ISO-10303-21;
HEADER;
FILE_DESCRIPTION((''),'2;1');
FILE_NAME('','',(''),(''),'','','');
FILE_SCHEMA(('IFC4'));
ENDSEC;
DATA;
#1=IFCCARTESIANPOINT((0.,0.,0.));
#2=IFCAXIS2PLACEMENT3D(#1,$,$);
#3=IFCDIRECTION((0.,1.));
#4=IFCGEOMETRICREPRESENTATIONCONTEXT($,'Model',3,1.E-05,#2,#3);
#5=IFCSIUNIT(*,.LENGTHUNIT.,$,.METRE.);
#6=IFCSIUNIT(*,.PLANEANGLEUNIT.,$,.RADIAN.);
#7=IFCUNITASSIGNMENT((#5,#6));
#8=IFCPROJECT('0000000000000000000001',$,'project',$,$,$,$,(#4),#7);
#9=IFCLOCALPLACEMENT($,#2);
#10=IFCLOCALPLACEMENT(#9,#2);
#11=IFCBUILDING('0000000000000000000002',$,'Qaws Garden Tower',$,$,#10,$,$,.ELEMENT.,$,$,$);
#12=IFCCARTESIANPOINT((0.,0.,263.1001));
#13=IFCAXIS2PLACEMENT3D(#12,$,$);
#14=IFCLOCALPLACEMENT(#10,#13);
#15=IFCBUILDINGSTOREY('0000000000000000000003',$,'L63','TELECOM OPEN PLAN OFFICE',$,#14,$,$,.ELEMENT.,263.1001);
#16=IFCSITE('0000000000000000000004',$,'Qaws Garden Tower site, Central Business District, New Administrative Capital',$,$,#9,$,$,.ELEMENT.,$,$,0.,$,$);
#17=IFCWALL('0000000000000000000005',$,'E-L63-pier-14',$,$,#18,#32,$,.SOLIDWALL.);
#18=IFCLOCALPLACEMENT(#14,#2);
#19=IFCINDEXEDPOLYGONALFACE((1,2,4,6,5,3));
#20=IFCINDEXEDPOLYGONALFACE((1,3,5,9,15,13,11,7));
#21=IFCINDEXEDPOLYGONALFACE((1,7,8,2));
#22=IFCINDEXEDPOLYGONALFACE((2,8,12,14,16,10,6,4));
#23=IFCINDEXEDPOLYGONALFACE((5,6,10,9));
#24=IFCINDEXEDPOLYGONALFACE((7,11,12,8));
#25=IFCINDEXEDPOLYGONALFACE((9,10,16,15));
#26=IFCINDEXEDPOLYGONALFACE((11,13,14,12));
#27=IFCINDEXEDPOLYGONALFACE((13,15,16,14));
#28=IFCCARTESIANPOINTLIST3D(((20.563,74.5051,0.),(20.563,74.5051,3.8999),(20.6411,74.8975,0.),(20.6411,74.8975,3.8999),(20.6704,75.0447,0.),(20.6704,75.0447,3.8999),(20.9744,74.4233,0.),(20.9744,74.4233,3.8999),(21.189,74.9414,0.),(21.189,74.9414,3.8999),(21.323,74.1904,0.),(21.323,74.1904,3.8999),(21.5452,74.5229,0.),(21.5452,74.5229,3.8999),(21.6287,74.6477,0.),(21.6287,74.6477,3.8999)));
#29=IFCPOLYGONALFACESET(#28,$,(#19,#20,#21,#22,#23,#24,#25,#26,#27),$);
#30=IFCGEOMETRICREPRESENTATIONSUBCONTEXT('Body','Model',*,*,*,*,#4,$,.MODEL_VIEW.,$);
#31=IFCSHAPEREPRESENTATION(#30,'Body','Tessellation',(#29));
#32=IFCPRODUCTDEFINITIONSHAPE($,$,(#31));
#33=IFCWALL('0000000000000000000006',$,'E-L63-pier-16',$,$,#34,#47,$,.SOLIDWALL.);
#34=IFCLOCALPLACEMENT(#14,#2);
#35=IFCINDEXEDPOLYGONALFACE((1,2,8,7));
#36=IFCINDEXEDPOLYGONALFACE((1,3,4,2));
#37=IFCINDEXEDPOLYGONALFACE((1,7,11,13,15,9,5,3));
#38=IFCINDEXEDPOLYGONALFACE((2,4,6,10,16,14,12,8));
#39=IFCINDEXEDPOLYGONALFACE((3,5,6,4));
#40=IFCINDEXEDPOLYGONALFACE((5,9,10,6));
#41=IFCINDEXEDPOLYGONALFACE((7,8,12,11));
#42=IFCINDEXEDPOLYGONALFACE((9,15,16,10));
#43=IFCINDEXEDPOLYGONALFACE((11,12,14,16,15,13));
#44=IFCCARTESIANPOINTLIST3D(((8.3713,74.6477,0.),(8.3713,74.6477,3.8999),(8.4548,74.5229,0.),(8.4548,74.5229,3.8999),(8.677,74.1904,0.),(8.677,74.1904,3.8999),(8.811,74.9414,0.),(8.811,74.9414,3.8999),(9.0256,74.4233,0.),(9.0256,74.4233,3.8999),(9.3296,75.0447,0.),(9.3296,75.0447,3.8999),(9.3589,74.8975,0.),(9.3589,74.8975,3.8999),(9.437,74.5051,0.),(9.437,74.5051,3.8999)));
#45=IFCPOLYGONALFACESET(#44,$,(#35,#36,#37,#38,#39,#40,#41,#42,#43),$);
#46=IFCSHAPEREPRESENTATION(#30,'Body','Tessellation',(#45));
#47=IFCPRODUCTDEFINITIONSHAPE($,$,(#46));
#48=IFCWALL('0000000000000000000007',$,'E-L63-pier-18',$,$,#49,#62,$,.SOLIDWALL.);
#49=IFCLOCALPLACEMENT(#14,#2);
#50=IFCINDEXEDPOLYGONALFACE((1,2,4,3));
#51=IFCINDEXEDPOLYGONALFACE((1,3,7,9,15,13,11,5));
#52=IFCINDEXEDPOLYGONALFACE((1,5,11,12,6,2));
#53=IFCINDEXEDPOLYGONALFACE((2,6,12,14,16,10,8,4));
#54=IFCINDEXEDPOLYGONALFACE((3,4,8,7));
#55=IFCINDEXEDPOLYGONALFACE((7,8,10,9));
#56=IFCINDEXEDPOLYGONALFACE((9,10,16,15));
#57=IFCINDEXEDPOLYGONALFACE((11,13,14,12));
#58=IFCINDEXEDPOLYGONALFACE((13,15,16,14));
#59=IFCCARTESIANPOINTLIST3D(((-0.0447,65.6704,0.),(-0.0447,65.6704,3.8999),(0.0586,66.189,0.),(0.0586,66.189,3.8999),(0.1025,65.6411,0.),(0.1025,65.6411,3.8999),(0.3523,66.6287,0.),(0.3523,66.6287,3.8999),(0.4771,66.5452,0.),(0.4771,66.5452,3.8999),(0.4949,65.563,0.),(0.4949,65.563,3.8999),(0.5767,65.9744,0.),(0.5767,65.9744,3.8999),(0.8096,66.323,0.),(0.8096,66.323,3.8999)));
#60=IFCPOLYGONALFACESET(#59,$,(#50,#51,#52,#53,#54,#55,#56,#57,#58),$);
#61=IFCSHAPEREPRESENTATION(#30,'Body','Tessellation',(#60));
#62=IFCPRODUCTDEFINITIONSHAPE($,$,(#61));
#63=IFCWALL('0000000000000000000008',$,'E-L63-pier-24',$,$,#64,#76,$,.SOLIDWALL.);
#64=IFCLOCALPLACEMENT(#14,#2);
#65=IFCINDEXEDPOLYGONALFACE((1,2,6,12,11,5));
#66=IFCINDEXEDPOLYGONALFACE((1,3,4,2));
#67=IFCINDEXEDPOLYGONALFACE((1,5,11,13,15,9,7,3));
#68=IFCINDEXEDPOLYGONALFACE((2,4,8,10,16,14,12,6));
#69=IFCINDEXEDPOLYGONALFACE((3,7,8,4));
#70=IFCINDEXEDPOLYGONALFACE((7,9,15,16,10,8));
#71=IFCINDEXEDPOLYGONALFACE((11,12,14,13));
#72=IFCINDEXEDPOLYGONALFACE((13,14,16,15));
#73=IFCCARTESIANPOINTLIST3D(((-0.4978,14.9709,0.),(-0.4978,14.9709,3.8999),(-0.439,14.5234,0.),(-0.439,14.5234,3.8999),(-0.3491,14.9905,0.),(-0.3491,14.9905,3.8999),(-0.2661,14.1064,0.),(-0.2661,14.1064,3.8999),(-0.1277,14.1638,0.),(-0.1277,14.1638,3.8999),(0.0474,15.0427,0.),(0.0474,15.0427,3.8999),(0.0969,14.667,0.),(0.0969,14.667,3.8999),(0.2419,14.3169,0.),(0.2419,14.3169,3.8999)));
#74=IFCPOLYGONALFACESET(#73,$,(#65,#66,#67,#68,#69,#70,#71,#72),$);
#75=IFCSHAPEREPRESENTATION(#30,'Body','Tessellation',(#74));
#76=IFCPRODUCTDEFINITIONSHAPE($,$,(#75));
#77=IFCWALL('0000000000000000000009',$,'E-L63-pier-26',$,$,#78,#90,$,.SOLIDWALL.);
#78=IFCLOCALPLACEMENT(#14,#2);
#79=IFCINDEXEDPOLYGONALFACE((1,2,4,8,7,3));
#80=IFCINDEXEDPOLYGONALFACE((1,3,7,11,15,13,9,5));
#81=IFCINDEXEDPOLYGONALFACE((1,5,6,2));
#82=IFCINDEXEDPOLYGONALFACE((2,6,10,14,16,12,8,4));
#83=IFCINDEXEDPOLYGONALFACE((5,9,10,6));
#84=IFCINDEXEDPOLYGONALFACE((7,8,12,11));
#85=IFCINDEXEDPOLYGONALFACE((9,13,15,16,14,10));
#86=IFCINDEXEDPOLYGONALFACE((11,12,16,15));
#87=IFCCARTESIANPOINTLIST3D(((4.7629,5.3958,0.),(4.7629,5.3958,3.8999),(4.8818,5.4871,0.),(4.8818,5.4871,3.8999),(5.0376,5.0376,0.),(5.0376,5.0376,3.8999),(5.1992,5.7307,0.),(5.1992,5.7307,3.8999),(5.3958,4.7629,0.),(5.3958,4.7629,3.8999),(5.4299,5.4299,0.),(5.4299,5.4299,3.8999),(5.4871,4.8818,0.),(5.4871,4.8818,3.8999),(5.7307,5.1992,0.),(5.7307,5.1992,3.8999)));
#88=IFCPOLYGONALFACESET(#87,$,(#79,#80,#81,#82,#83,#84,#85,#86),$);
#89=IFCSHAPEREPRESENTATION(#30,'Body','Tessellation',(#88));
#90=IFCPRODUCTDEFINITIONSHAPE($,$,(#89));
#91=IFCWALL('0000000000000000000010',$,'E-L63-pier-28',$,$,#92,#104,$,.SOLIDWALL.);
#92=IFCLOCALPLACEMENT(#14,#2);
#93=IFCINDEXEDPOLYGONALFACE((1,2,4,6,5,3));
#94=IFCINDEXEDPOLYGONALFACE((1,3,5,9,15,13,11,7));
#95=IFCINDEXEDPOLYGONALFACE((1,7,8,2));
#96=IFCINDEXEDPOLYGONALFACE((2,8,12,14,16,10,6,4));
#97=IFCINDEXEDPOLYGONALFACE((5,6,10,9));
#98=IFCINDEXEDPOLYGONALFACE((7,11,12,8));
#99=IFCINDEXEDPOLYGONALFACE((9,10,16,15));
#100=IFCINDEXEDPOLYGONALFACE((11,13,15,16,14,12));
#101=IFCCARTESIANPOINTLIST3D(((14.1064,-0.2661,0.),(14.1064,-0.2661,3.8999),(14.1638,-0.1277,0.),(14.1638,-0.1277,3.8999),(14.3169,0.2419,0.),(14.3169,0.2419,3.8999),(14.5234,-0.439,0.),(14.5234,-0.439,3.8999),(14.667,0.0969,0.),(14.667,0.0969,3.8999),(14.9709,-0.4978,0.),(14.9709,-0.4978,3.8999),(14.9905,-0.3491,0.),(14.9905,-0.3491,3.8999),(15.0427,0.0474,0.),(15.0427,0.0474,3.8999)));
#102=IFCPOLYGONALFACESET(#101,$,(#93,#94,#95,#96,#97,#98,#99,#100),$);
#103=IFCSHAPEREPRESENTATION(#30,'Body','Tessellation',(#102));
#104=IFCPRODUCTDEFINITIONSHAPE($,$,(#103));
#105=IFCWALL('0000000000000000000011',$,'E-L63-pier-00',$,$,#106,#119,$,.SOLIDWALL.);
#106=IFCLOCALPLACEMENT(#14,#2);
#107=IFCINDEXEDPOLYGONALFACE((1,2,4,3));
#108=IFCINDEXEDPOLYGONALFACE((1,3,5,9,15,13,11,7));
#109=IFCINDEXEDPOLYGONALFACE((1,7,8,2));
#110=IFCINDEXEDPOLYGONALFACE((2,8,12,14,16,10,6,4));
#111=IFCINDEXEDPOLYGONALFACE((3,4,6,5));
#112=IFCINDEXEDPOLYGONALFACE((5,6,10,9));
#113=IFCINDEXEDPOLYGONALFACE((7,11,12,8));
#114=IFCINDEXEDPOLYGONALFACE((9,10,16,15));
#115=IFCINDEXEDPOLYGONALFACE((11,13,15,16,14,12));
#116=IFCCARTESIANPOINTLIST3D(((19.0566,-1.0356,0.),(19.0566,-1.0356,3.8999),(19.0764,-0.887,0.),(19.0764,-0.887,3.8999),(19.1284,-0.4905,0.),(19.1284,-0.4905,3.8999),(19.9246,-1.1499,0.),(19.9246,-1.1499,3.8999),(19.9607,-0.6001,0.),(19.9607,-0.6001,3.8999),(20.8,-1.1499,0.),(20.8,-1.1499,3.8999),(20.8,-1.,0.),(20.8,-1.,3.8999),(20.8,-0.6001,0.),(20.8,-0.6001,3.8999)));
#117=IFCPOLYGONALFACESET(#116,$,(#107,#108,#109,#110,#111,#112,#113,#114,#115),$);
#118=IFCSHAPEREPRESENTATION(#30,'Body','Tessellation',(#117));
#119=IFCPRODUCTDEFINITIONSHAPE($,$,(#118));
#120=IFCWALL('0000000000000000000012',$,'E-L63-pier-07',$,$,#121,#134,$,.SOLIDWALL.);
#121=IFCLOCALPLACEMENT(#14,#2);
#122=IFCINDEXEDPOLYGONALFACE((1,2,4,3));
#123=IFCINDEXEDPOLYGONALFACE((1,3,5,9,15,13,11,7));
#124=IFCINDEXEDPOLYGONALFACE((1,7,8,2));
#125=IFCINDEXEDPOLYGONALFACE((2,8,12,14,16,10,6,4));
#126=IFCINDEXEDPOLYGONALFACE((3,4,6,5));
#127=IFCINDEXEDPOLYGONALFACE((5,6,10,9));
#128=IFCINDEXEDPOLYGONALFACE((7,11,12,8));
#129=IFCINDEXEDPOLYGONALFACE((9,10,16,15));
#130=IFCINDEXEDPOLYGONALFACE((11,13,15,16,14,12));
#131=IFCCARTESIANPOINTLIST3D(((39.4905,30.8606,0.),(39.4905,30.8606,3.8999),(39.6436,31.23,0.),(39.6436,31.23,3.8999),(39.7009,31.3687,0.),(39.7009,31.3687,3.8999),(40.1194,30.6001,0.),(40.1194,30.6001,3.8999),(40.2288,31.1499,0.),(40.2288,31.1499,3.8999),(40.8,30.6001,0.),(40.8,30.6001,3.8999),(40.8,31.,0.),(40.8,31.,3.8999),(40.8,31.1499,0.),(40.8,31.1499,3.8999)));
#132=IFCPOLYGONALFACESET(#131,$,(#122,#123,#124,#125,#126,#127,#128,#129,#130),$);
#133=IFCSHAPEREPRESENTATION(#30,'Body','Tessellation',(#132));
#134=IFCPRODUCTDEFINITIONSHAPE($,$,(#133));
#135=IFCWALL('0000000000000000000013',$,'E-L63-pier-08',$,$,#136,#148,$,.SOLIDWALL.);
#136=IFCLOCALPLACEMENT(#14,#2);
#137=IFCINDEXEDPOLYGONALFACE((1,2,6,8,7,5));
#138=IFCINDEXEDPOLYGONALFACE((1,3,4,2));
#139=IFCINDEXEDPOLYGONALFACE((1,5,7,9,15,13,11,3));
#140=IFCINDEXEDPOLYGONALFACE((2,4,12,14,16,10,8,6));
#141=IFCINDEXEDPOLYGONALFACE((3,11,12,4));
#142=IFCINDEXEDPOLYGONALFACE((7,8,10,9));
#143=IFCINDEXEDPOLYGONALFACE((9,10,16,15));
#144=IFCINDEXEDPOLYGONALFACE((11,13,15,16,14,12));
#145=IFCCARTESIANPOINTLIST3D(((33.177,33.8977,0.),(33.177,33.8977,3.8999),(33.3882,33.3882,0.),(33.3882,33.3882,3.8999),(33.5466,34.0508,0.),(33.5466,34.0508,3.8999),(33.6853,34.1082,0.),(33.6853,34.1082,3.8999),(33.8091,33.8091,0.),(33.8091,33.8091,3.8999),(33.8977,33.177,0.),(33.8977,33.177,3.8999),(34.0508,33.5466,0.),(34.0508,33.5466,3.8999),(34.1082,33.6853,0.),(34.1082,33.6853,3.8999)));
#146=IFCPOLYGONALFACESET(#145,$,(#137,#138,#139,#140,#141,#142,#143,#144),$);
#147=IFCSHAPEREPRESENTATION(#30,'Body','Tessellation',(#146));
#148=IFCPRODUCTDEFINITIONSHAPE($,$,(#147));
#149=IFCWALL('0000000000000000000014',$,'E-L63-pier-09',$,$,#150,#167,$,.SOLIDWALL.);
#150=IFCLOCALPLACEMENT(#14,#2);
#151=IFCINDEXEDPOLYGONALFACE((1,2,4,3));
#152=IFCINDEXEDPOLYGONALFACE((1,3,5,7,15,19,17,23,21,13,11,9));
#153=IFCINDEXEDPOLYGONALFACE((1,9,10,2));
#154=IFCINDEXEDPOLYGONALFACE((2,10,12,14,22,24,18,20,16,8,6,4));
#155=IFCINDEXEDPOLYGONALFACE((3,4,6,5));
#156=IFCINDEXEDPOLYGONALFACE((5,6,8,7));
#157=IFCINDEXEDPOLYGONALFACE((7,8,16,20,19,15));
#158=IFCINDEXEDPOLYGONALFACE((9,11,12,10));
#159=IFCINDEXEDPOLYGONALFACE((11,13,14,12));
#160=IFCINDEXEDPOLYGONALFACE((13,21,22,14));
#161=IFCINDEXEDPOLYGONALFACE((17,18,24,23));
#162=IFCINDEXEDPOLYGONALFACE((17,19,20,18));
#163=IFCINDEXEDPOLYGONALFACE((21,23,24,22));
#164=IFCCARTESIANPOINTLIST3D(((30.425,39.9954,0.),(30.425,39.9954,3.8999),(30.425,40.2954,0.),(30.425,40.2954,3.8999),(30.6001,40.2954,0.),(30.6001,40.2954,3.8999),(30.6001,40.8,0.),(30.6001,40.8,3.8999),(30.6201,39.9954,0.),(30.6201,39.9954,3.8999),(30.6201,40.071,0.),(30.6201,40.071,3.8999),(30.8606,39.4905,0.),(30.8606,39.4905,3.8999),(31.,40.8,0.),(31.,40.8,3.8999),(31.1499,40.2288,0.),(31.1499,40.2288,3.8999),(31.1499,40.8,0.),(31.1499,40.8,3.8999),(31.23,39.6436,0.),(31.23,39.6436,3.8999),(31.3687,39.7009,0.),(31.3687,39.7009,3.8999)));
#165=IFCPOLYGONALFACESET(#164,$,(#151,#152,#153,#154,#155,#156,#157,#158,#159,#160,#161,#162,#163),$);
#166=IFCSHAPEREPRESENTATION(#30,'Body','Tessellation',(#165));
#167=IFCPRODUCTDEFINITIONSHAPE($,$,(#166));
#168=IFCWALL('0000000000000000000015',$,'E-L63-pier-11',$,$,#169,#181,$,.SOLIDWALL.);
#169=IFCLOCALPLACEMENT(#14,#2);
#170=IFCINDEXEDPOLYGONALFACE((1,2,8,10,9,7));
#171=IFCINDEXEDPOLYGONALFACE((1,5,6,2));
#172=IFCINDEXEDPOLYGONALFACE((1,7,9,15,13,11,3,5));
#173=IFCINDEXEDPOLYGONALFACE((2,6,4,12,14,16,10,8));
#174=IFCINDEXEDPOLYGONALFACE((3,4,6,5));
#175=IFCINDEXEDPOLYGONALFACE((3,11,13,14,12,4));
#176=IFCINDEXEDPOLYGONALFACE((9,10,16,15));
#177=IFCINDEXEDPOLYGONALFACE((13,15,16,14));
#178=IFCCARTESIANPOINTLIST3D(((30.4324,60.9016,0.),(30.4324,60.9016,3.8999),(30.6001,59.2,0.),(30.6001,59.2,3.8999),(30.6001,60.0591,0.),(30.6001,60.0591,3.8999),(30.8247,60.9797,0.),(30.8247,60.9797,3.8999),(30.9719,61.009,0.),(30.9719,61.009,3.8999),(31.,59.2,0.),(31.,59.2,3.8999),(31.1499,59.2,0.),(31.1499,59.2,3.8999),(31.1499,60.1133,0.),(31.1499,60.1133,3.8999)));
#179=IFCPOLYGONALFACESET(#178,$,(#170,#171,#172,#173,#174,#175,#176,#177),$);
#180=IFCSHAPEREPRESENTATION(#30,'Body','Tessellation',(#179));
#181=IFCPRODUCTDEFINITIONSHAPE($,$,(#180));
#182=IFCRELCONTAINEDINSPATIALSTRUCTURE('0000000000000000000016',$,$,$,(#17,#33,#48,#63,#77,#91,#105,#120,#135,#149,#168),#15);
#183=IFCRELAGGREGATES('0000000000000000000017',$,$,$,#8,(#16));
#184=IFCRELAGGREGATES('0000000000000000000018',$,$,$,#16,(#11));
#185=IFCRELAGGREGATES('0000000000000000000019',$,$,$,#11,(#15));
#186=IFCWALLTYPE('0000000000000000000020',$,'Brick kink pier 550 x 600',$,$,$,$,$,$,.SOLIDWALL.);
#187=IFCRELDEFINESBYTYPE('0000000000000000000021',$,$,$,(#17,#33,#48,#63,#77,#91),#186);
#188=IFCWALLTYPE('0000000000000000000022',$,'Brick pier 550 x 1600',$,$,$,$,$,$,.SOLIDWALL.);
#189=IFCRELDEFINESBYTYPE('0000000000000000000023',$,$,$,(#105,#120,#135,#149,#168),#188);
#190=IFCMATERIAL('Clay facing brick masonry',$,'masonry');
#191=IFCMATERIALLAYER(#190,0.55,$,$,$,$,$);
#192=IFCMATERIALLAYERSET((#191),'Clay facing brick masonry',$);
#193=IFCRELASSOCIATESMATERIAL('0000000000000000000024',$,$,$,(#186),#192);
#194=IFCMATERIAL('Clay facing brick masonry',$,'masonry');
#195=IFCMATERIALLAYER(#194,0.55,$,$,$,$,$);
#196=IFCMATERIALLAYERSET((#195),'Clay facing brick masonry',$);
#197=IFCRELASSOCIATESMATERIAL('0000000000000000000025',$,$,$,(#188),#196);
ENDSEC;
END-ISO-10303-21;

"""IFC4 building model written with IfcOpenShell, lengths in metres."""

from ifc_helpers import new_model, si_unit, direction, frame, origin, place, context, subcontext, project, spatial, polyline, outline, extrude, material, layer, layer_set, type_object, element, save


model = new_model("IFC4")

# Units and contexts
model_context = context("Model", 3, precision=1e-05, world=origin(), true_north=direction((0.0, 1.0)))
body_context = subcontext(model_context, "Body", "Model", "MODEL_VIEW")
ifc_project = project(units=[si_unit("LENGTHUNIT", "METRE"), si_unit("PLANEANGLEUNIT", "RADIAN")], contexts=[model_context])

# Site, building, storey
site_placement = place(None, origin())
site = spatial("IfcSite", under=ifc_project, at=site_placement, Name="Qaws Garden Tower site, Central Business District, New Administrative Capital", CompositionType="ELEMENT", RefElevation=0.0)
building_placement = place(site_placement, origin())
building = spatial("IfcBuilding", under=site, at=building_placement, Name="Qaws Garden Tower", CompositionType="ELEMENT")
storey_placement = place(building_placement, frame((0.0, 0.0, 263.1001)))
storey = spatial("IfcBuildingStorey", under=building, at=storey_placement, Name="L63", Description="TELECOM OPEN PLAN OFFICE", CompositionType="ELEMENT", Elevation=263.1001)

# Walls
placement = place(storey_placement, origin())
ifc_material_1 = material(Name="Clay facing brick masonry", Category="masonry")
ifc_layer_1 = layer(ifc_material_1, 0.55)
ifc_layer_set_1 = layer_set([ifc_layer_1], Name="Clay facing brick masonry")
wall_type_1 = type_object("IfcWallType", Name="Brick kink pier 550 x 600", PredefinedType="SOLIDWALL", material=ifc_layer_set_1)
element("IfcWall", 1, at=placement, inside=storey, type_object=wall_type_1, Name="E-L63-pier-14", PredefinedType="SOLIDWALL", context=body_context, shape_type="SweptSolid", body=[
    extrude(outline(polyline([(21.5452, 74.5229), (21.6287, 74.6477), (21.189, 74.9414), (20.6704, 75.0447), (20.6411, 74.8975), (20.563, 74.5051), (20.9744, 74.4233), (21.323, 74.1904), (21.5452, 74.5229)])), origin(), (0.0, 0.0, 1.0), 3.8999),
])
element("IfcWall", 2, at=placement, inside=storey, type_object=wall_type_1, Name="E-L63-pier-16", PredefinedType="SOLIDWALL", context=body_context, shape_type="SweptSolid", body=[
    extrude(outline(polyline([(9.3589, 74.8975), (9.3296, 75.0447), (8.811, 74.9414), (8.3713, 74.6477), (8.4548, 74.5229), (8.677, 74.1904), (9.0256, 74.4233), (9.437, 74.5051), (9.3589, 74.8975)])), origin(), (0.0, 0.0, 1.0), 3.8999),
])
element("IfcWall", 3, at=placement, inside=storey, type_object=wall_type_1, Name="E-L63-pier-18", PredefinedType="SOLIDWALL", context=body_context, shape_type="SweptSolid", body=[
    extrude(outline(polyline([(0.4771, 66.5452), (0.3523, 66.6287), (0.0586, 66.189), (-0.0447, 65.6704), (0.1025, 65.6411), (0.4949, 65.563), (0.5767, 65.9744), (0.8096, 66.323), (0.4771, 66.5452)])), origin(), (0.0, 0.0, 1.0), 3.8999),
])
element("IfcWall", 4, at=placement, inside=storey, type_object=wall_type_1, Name="E-L63-pier-24", PredefinedType="SOLIDWALL", context=body_context, shape_type="SweptSolid", body=[
    extrude(outline(polyline([(-0.3491, 14.9905), (-0.4978, 14.9709), (-0.439, 14.5234), (-0.2661, 14.1064), (-0.1277, 14.1638), (0.2419, 14.3169), (0.0969, 14.667), (0.0474, 15.0427), (-0.3491, 14.9905)])), origin(), (0.0, 0.0, 1.0), 3.8999),
])
element("IfcWall", 5, at=placement, inside=storey, type_object=wall_type_1, Name="E-L63-pier-26", PredefinedType="SOLIDWALL", context=body_context, shape_type="SweptSolid", body=[
    extrude(outline(polyline([(4.8818, 5.4871), (4.7629, 5.3958), (5.0376, 5.0376), (5.3958, 4.7629), (5.4871, 4.8818), (5.7307, 5.1992), (5.4299, 5.4299), (5.1992, 5.7307), (4.8818, 5.4871)])), origin(), (0.0, 0.0, 1.0), 3.8999),
])
element("IfcWall", 6, at=placement, inside=storey, type_object=wall_type_1, Name="E-L63-pier-28", PredefinedType="SOLIDWALL", context=body_context, shape_type="SweptSolid", body=[
    extrude(outline(polyline([(14.1638, -0.1277), (14.1064, -0.2661), (14.5234, -0.439), (14.9709, -0.4978), (14.9905, -0.3491), (15.0427, 0.0474), (14.667, 0.0969), (14.3169, 0.2419), (14.1638, -0.1277)])), origin(), (0.0, 0.0, 1.0), 3.8999),
])
ifc_material_2 = material(Name="Clay facing brick masonry", Category="masonry")
ifc_layer_2 = layer(ifc_material_2, 0.55)
ifc_layer_set_2 = layer_set([ifc_layer_2], Name="Clay facing brick masonry")
wall_type_2 = type_object("IfcWallType", Name="Brick pier 550 x 1600", PredefinedType="SOLIDWALL", material=ifc_layer_set_2)
element("IfcWall", 7, at=placement, inside=storey, type_object=wall_type_2, Name="E-L63-pier-00", PredefinedType="SOLIDWALL", context=body_context, shape_type="SweptSolid", body=[
    extrude(outline(polyline([(19.0764, -0.887), (19.0566, -1.0356), (19.9246, -1.1499), (20.8, -1.1499), (20.8, -1.0), (20.8, -0.6001), (19.9607, -0.6001), (19.1284, -0.4905), (19.0764, -0.887)])), origin(), (0.0, 0.0, 1.0), 3.8999),
])
element("IfcWall", 8, at=placement, inside=storey, type_object=wall_type_2, Name="E-L63-pier-07", PredefinedType="SOLIDWALL", context=body_context, shape_type="SweptSolid", body=[
    extrude(outline(polyline([(40.8, 31.0), (40.8, 31.1499), (40.2288, 31.1499), (39.7009, 31.3687), (39.6436, 31.23), (39.4905, 30.8606), (40.1194, 30.6001), (40.8, 30.6001), (40.8, 31.0)])), origin(), (0.0, 0.0, 1.0), 3.8999),
])
element("IfcWall", 9, at=placement, inside=storey, type_object=wall_type_2, Name="E-L63-pier-08", PredefinedType="SOLIDWALL", context=body_context, shape_type="SweptSolid", body=[
    extrude(outline(polyline([(34.0508, 33.5466), (34.1082, 33.6853), (33.8091, 33.8091), (33.6853, 34.1082), (33.5466, 34.0508), (33.177, 33.8977), (33.3882, 33.3882), (33.8977, 33.177), (34.0508, 33.5466)])), origin(), (0.0, 0.0, 1.0), 3.8999),
])
element("IfcWall", 10, at=placement, inside=storey, type_object=wall_type_2, Name="E-L63-pier-09", PredefinedType="SOLIDWALL", context=body_context, shape_type="SweptSolid", body=[
    extrude(outline(polyline([(30.6201, 39.9954), (30.6201, 40.071), (30.8606, 39.4905), (31.23, 39.6436), (31.3687, 39.7009), (31.1499, 40.2288), (31.1499, 40.8), (31.0, 40.8), (30.6001, 40.8), (30.6001, 40.2954), (30.425, 40.2954), (30.425, 39.9954), (30.6201, 39.9954)])), origin(), (0.0, 0.0, 1.0), 3.8999),
])
element("IfcWall", 11, at=placement, inside=storey, type_object=wall_type_2, Name="E-L63-pier-11", PredefinedType="SOLIDWALL", context=body_context, shape_type="SweptSolid", body=[
    extrude(outline(polyline([(31.0, 59.2), (31.1499, 59.2), (31.1499, 60.1133), (30.9719, 61.009), (30.8247, 60.9797), (30.4324, 60.9016), (30.6001, 60.0591), (30.6001, 59.2), (31.0, 59.2)])), origin(), (0.0, 0.0, 1.0), 3.8999),
])

save(model, "model.ifc")
